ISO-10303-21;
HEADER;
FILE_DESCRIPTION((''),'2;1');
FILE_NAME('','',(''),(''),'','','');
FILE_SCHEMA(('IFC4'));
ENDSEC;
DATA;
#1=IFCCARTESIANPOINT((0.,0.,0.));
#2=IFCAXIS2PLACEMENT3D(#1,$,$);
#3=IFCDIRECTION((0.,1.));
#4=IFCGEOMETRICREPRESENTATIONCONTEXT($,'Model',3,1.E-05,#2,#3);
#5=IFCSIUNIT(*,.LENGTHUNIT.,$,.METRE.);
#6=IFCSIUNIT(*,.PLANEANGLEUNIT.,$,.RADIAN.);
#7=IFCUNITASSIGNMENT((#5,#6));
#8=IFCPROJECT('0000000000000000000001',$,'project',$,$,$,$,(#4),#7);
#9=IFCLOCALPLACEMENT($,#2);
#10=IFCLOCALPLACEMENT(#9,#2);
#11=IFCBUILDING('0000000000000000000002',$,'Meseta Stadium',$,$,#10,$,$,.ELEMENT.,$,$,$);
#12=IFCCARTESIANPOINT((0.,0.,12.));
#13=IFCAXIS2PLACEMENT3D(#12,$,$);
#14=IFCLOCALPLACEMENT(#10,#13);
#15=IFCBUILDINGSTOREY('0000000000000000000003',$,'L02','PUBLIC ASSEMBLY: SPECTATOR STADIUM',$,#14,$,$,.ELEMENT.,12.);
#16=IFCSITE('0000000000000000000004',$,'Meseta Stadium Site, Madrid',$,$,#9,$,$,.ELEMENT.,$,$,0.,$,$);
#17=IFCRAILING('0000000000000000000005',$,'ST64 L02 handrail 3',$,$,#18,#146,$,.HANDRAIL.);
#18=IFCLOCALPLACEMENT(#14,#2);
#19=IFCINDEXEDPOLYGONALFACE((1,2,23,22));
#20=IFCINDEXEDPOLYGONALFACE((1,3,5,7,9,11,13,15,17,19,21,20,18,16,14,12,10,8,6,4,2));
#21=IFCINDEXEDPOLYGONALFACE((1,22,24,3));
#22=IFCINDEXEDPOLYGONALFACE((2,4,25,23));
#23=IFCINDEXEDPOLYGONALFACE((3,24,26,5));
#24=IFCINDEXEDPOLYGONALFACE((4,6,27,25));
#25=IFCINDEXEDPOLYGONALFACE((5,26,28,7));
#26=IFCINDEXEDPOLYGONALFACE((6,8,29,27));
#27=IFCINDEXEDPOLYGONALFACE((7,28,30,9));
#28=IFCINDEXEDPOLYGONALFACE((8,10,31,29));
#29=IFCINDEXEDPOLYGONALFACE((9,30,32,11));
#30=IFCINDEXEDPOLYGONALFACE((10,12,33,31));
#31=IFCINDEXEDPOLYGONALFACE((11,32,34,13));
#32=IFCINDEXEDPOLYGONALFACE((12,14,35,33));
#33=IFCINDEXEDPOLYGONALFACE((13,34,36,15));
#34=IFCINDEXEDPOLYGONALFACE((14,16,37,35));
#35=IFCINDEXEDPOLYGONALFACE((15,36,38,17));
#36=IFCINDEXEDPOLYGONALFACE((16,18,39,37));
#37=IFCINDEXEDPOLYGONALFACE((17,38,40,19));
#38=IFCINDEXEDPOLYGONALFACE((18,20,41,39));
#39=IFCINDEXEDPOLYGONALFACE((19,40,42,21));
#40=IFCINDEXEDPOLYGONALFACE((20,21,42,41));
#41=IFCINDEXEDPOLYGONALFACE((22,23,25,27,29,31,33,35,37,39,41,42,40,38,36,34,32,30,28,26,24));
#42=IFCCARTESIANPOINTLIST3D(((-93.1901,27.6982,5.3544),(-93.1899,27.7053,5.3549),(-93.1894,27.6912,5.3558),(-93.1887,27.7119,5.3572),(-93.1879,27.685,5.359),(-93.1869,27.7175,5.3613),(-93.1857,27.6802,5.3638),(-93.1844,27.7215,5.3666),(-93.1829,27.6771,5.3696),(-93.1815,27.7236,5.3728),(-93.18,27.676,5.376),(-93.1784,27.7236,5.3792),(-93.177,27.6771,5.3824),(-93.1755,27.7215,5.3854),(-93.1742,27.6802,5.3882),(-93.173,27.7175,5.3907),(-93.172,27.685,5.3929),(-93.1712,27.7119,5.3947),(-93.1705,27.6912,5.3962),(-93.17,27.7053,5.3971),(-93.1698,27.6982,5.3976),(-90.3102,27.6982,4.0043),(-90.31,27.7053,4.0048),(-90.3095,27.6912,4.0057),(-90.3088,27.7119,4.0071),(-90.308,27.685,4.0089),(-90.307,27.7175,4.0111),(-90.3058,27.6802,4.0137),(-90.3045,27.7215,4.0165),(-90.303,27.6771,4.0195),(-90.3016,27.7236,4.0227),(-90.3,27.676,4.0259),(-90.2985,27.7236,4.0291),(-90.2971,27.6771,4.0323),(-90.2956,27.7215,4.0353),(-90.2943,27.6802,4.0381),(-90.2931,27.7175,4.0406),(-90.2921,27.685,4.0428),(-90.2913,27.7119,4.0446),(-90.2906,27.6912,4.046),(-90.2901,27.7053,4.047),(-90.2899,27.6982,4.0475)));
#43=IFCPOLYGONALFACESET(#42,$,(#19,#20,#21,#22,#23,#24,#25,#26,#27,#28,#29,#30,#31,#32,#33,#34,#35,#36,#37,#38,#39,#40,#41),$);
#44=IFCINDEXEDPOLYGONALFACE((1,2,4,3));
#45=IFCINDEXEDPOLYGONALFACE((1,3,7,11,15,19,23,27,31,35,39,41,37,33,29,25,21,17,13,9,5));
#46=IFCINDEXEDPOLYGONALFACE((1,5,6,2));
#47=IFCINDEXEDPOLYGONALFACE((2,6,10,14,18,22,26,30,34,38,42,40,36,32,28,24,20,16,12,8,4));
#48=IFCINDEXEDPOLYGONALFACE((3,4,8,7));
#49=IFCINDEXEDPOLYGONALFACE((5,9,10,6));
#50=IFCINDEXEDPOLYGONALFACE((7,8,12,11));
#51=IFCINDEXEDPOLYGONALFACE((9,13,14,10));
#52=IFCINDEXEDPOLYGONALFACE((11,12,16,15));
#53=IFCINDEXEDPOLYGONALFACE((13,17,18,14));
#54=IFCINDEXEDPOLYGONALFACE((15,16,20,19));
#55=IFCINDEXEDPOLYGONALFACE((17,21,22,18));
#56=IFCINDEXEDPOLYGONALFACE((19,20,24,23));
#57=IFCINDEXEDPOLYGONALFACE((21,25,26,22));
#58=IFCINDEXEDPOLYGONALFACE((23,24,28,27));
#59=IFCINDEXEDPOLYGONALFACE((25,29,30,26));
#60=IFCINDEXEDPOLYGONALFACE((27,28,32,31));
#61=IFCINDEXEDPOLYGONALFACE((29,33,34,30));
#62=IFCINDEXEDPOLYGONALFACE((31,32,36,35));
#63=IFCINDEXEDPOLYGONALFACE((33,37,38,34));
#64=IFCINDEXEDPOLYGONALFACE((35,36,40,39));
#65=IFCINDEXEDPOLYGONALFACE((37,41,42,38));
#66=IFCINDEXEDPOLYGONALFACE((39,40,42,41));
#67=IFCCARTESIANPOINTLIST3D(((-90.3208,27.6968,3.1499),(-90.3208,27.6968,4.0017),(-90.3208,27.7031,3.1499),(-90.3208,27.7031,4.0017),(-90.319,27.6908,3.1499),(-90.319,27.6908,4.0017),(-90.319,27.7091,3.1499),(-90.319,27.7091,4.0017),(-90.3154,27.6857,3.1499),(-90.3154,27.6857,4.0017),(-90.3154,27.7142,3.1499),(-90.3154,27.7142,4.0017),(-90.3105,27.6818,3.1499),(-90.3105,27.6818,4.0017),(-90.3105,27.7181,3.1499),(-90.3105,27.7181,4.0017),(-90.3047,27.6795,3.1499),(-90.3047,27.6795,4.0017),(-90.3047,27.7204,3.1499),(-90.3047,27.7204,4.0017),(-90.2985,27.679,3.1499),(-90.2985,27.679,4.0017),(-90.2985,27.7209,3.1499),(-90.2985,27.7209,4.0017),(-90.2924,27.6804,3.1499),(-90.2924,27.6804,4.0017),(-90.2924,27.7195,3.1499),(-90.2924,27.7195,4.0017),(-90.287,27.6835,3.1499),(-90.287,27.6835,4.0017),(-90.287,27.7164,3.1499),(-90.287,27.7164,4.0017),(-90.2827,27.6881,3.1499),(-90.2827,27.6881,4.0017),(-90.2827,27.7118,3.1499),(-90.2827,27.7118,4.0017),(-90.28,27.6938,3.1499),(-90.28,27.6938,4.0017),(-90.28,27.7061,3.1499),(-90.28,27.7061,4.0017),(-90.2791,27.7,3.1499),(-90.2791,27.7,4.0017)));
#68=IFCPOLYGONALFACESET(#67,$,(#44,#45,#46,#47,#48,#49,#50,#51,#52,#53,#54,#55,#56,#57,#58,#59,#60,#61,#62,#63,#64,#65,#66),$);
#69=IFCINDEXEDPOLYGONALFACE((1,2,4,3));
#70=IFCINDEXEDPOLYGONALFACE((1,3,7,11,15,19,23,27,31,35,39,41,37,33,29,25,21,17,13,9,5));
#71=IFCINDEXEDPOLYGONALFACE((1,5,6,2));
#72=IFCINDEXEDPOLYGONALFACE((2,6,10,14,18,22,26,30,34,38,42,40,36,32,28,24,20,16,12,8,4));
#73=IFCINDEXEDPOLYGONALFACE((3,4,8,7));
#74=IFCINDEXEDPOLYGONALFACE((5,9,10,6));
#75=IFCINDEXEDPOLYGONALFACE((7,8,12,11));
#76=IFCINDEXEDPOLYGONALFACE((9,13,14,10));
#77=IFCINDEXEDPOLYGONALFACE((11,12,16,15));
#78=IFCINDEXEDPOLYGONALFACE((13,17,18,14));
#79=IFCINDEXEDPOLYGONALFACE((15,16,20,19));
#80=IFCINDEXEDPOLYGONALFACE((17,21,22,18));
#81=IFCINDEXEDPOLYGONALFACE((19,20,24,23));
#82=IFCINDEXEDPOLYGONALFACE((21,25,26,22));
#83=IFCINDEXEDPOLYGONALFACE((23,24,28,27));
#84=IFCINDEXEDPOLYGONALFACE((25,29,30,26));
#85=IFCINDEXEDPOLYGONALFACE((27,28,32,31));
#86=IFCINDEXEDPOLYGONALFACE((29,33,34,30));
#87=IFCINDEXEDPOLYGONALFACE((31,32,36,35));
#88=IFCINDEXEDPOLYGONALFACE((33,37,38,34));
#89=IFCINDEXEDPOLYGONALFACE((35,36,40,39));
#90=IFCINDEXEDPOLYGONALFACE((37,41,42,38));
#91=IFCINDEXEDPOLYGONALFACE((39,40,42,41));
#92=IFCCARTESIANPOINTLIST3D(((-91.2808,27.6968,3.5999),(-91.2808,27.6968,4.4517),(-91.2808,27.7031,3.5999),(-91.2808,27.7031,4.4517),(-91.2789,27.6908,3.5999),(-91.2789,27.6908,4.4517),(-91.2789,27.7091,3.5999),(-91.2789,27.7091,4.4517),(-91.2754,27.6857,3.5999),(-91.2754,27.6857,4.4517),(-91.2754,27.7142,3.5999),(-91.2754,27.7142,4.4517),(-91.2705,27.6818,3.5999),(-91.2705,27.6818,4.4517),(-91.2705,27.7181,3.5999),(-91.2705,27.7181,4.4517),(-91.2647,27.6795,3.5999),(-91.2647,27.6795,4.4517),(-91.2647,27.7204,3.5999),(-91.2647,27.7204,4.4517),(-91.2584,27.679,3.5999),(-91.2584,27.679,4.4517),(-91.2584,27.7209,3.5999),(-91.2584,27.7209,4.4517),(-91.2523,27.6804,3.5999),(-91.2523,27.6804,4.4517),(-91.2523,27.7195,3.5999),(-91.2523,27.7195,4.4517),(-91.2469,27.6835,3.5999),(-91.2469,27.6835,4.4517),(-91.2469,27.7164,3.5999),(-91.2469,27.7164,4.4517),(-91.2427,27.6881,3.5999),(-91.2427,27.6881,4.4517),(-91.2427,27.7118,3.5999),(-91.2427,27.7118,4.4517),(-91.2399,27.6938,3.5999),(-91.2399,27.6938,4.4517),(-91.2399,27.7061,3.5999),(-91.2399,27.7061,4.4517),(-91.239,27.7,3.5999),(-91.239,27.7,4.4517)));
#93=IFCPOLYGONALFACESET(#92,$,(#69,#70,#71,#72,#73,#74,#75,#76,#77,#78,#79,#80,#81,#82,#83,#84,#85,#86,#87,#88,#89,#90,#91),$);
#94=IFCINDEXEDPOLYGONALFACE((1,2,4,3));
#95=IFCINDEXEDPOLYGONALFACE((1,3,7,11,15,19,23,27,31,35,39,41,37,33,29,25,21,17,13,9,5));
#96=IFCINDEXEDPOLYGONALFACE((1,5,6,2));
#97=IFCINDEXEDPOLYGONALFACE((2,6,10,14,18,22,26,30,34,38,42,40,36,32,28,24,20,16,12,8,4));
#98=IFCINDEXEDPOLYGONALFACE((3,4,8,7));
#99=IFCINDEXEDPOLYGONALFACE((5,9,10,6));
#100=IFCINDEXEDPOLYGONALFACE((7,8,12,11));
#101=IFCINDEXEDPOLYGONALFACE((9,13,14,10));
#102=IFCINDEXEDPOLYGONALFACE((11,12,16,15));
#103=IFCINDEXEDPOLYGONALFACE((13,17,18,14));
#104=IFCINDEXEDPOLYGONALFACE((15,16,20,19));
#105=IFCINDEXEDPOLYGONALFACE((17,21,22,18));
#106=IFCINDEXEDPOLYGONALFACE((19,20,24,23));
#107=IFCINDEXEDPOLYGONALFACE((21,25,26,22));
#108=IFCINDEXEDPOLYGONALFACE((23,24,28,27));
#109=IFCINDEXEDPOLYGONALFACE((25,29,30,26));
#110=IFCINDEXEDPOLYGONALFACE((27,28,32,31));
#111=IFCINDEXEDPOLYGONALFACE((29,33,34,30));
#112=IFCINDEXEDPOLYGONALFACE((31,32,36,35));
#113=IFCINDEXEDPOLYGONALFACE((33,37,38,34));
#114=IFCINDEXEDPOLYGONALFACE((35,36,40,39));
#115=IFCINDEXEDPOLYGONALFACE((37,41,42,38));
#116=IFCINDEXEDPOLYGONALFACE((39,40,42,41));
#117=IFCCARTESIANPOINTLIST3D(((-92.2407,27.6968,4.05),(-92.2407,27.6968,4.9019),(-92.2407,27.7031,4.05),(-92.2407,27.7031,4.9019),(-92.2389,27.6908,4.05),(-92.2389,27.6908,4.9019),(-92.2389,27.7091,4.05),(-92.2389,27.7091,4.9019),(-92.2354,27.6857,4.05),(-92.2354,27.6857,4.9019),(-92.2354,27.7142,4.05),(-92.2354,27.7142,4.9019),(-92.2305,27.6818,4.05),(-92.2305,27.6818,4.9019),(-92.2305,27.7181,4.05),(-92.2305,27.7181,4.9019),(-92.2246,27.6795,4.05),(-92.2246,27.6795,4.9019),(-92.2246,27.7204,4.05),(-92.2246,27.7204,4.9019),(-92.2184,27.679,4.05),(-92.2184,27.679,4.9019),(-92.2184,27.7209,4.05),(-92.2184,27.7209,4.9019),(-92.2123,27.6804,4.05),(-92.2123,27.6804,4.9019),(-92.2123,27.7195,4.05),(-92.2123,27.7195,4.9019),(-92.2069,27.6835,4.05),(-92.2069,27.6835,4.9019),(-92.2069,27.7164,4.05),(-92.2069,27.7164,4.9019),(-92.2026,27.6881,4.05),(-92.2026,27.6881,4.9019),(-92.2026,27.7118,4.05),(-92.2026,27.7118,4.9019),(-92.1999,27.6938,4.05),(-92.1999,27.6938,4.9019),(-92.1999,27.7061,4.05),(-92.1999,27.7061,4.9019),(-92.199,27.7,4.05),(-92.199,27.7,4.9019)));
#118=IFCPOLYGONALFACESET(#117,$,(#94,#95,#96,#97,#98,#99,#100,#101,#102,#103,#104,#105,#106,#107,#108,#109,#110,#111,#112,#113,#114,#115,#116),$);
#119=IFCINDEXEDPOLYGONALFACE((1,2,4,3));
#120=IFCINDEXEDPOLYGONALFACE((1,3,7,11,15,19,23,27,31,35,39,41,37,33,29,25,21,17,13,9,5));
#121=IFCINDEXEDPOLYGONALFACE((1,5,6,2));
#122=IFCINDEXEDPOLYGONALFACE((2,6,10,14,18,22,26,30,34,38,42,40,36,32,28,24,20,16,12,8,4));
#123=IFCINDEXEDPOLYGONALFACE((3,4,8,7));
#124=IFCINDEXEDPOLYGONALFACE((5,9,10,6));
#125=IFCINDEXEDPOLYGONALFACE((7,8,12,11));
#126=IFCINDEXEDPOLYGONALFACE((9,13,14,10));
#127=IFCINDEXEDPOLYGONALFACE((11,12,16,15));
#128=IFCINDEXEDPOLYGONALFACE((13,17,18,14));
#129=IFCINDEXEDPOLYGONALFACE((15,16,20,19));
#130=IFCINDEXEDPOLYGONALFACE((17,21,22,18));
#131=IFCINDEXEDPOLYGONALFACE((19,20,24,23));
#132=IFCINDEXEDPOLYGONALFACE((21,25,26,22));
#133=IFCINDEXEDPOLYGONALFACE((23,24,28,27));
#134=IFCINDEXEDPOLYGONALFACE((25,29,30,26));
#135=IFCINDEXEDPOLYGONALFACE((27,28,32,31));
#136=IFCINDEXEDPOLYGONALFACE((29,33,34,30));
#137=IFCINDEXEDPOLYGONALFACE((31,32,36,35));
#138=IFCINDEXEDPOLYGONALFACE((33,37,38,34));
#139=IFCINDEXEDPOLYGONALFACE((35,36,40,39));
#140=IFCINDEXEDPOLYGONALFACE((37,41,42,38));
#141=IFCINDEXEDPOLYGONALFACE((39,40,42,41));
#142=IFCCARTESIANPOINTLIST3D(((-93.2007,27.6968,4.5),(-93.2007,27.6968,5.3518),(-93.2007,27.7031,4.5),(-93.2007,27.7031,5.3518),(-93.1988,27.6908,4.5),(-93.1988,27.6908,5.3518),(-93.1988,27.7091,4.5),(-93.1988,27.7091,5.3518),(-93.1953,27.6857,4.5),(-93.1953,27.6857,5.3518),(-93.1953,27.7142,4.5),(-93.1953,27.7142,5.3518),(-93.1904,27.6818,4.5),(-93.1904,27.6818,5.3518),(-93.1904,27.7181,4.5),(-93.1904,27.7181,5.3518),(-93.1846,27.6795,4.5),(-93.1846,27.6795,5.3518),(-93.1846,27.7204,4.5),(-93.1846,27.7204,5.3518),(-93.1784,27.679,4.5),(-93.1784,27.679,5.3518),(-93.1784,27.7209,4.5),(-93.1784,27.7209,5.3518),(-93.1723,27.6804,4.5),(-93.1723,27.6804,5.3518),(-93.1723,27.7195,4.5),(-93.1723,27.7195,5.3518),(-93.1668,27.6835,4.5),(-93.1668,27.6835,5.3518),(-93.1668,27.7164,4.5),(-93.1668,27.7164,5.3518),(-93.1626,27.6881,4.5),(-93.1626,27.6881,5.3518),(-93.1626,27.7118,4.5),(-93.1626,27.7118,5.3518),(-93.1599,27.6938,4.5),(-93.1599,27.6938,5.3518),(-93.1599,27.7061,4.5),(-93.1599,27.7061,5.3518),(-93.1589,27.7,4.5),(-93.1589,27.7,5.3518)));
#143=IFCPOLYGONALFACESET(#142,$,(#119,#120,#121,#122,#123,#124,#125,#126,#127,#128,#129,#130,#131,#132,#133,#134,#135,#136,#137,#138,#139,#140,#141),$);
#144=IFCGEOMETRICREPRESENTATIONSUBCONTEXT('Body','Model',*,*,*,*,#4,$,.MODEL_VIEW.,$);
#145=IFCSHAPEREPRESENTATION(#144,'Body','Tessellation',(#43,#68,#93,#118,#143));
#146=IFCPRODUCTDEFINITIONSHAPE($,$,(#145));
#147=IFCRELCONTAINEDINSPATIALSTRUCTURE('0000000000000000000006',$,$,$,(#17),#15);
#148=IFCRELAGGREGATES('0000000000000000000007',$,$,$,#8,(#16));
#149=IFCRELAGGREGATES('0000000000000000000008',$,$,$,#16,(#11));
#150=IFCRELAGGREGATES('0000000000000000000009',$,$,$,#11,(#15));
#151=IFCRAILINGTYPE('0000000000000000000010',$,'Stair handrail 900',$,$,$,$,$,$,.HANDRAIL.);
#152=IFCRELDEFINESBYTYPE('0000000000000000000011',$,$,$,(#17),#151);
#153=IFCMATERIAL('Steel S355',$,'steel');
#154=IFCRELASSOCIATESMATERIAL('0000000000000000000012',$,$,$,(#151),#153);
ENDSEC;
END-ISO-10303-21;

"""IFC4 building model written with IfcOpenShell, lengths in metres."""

from ifc_helpers import new_model, si_unit, direction, frame, origin, origin_2d, place, context, subcontext, project, spatial, circle, extrude, material, type_object, element, save


model = new_model("IFC4")

# Units and contexts
model_context = context("Model", 3, precision=1e-05, world=origin(), true_north=direction((0.0, 1.0)))
body_context = subcontext(model_context, "Body", "Model", "MODEL_VIEW")
ifc_project = project(units=[si_unit("LENGTHUNIT", "METRE"), si_unit("PLANEANGLEUNIT", "RADIAN")], contexts=[model_context])

# Site, building, storey
site_placement = place(None, origin())
site = spatial("IfcSite", under=ifc_project, at=site_placement, Name="Meseta Stadium Site, Madrid", CompositionType="ELEMENT", RefElevation=0.0)
building_placement = place(site_placement, origin())
building = spatial("IfcBuilding", under=site, at=building_placement, Name="Meseta Stadium", CompositionType="ELEMENT")
storey_placement = place(building_placement, frame((0.0, 0.0, 12.0)))
storey = spatial("IfcBuildingStorey", under=building, at=storey_placement, Name="L02", Description="PUBLIC ASSEMBLY: SPECTATOR STADIUM", CompositionType="ELEMENT", Elevation=12.0)

# Railing
ifc_material_1 = material(Name="Steel S355", Category="steel")
railing_type_1 = type_object("IfcRailingType", Name="Stair handrail 900", PredefinedType="HANDRAIL", material=ifc_material_1)
for number, where, name in (
    (1, (-90.3, 27.7, 3.1499), "ST64 L02 handrail 3"),
):
    element("IfcRailing", number, at=place(storey_placement, frame(where)), inside=storey, type_object=railing_type_1, Name=name, PredefinedType="HANDRAIL", context=body_context, shape_type="SweptSolid", body=[
        extrude(circle(Radius=0.0239, at=origin_2d()), frame((0.0, 0.0, 0.876), z_axis=(-0.90544, 0.0, 0.424473), x_axis=(0.0, -1.0, 0.0)), (0.0, 0.0, 1.0), 3.1807),
        extrude(circle(Radius=0.021, at=origin_2d()), origin(), (0.0, 0.0, 1.0), 0.8518),
        extrude(circle(Radius=0.021, at=origin_2d()), frame((-0.96, 0.0, 0.45)), (0.0, 0.0, 1.0), 0.8518),
        extrude(circle(Radius=0.021, at=origin_2d()), frame((-1.9199, 0.0, 0.9001)), (0.0, 0.0, 1.0), 0.8518),
        extrude(circle(Radius=0.021, at=origin_2d()), frame((-2.8799, 0.0, 1.3501)), (0.0, 0.0, 1.0), 0.8518),
    ])

save(model, "model.ifc")
